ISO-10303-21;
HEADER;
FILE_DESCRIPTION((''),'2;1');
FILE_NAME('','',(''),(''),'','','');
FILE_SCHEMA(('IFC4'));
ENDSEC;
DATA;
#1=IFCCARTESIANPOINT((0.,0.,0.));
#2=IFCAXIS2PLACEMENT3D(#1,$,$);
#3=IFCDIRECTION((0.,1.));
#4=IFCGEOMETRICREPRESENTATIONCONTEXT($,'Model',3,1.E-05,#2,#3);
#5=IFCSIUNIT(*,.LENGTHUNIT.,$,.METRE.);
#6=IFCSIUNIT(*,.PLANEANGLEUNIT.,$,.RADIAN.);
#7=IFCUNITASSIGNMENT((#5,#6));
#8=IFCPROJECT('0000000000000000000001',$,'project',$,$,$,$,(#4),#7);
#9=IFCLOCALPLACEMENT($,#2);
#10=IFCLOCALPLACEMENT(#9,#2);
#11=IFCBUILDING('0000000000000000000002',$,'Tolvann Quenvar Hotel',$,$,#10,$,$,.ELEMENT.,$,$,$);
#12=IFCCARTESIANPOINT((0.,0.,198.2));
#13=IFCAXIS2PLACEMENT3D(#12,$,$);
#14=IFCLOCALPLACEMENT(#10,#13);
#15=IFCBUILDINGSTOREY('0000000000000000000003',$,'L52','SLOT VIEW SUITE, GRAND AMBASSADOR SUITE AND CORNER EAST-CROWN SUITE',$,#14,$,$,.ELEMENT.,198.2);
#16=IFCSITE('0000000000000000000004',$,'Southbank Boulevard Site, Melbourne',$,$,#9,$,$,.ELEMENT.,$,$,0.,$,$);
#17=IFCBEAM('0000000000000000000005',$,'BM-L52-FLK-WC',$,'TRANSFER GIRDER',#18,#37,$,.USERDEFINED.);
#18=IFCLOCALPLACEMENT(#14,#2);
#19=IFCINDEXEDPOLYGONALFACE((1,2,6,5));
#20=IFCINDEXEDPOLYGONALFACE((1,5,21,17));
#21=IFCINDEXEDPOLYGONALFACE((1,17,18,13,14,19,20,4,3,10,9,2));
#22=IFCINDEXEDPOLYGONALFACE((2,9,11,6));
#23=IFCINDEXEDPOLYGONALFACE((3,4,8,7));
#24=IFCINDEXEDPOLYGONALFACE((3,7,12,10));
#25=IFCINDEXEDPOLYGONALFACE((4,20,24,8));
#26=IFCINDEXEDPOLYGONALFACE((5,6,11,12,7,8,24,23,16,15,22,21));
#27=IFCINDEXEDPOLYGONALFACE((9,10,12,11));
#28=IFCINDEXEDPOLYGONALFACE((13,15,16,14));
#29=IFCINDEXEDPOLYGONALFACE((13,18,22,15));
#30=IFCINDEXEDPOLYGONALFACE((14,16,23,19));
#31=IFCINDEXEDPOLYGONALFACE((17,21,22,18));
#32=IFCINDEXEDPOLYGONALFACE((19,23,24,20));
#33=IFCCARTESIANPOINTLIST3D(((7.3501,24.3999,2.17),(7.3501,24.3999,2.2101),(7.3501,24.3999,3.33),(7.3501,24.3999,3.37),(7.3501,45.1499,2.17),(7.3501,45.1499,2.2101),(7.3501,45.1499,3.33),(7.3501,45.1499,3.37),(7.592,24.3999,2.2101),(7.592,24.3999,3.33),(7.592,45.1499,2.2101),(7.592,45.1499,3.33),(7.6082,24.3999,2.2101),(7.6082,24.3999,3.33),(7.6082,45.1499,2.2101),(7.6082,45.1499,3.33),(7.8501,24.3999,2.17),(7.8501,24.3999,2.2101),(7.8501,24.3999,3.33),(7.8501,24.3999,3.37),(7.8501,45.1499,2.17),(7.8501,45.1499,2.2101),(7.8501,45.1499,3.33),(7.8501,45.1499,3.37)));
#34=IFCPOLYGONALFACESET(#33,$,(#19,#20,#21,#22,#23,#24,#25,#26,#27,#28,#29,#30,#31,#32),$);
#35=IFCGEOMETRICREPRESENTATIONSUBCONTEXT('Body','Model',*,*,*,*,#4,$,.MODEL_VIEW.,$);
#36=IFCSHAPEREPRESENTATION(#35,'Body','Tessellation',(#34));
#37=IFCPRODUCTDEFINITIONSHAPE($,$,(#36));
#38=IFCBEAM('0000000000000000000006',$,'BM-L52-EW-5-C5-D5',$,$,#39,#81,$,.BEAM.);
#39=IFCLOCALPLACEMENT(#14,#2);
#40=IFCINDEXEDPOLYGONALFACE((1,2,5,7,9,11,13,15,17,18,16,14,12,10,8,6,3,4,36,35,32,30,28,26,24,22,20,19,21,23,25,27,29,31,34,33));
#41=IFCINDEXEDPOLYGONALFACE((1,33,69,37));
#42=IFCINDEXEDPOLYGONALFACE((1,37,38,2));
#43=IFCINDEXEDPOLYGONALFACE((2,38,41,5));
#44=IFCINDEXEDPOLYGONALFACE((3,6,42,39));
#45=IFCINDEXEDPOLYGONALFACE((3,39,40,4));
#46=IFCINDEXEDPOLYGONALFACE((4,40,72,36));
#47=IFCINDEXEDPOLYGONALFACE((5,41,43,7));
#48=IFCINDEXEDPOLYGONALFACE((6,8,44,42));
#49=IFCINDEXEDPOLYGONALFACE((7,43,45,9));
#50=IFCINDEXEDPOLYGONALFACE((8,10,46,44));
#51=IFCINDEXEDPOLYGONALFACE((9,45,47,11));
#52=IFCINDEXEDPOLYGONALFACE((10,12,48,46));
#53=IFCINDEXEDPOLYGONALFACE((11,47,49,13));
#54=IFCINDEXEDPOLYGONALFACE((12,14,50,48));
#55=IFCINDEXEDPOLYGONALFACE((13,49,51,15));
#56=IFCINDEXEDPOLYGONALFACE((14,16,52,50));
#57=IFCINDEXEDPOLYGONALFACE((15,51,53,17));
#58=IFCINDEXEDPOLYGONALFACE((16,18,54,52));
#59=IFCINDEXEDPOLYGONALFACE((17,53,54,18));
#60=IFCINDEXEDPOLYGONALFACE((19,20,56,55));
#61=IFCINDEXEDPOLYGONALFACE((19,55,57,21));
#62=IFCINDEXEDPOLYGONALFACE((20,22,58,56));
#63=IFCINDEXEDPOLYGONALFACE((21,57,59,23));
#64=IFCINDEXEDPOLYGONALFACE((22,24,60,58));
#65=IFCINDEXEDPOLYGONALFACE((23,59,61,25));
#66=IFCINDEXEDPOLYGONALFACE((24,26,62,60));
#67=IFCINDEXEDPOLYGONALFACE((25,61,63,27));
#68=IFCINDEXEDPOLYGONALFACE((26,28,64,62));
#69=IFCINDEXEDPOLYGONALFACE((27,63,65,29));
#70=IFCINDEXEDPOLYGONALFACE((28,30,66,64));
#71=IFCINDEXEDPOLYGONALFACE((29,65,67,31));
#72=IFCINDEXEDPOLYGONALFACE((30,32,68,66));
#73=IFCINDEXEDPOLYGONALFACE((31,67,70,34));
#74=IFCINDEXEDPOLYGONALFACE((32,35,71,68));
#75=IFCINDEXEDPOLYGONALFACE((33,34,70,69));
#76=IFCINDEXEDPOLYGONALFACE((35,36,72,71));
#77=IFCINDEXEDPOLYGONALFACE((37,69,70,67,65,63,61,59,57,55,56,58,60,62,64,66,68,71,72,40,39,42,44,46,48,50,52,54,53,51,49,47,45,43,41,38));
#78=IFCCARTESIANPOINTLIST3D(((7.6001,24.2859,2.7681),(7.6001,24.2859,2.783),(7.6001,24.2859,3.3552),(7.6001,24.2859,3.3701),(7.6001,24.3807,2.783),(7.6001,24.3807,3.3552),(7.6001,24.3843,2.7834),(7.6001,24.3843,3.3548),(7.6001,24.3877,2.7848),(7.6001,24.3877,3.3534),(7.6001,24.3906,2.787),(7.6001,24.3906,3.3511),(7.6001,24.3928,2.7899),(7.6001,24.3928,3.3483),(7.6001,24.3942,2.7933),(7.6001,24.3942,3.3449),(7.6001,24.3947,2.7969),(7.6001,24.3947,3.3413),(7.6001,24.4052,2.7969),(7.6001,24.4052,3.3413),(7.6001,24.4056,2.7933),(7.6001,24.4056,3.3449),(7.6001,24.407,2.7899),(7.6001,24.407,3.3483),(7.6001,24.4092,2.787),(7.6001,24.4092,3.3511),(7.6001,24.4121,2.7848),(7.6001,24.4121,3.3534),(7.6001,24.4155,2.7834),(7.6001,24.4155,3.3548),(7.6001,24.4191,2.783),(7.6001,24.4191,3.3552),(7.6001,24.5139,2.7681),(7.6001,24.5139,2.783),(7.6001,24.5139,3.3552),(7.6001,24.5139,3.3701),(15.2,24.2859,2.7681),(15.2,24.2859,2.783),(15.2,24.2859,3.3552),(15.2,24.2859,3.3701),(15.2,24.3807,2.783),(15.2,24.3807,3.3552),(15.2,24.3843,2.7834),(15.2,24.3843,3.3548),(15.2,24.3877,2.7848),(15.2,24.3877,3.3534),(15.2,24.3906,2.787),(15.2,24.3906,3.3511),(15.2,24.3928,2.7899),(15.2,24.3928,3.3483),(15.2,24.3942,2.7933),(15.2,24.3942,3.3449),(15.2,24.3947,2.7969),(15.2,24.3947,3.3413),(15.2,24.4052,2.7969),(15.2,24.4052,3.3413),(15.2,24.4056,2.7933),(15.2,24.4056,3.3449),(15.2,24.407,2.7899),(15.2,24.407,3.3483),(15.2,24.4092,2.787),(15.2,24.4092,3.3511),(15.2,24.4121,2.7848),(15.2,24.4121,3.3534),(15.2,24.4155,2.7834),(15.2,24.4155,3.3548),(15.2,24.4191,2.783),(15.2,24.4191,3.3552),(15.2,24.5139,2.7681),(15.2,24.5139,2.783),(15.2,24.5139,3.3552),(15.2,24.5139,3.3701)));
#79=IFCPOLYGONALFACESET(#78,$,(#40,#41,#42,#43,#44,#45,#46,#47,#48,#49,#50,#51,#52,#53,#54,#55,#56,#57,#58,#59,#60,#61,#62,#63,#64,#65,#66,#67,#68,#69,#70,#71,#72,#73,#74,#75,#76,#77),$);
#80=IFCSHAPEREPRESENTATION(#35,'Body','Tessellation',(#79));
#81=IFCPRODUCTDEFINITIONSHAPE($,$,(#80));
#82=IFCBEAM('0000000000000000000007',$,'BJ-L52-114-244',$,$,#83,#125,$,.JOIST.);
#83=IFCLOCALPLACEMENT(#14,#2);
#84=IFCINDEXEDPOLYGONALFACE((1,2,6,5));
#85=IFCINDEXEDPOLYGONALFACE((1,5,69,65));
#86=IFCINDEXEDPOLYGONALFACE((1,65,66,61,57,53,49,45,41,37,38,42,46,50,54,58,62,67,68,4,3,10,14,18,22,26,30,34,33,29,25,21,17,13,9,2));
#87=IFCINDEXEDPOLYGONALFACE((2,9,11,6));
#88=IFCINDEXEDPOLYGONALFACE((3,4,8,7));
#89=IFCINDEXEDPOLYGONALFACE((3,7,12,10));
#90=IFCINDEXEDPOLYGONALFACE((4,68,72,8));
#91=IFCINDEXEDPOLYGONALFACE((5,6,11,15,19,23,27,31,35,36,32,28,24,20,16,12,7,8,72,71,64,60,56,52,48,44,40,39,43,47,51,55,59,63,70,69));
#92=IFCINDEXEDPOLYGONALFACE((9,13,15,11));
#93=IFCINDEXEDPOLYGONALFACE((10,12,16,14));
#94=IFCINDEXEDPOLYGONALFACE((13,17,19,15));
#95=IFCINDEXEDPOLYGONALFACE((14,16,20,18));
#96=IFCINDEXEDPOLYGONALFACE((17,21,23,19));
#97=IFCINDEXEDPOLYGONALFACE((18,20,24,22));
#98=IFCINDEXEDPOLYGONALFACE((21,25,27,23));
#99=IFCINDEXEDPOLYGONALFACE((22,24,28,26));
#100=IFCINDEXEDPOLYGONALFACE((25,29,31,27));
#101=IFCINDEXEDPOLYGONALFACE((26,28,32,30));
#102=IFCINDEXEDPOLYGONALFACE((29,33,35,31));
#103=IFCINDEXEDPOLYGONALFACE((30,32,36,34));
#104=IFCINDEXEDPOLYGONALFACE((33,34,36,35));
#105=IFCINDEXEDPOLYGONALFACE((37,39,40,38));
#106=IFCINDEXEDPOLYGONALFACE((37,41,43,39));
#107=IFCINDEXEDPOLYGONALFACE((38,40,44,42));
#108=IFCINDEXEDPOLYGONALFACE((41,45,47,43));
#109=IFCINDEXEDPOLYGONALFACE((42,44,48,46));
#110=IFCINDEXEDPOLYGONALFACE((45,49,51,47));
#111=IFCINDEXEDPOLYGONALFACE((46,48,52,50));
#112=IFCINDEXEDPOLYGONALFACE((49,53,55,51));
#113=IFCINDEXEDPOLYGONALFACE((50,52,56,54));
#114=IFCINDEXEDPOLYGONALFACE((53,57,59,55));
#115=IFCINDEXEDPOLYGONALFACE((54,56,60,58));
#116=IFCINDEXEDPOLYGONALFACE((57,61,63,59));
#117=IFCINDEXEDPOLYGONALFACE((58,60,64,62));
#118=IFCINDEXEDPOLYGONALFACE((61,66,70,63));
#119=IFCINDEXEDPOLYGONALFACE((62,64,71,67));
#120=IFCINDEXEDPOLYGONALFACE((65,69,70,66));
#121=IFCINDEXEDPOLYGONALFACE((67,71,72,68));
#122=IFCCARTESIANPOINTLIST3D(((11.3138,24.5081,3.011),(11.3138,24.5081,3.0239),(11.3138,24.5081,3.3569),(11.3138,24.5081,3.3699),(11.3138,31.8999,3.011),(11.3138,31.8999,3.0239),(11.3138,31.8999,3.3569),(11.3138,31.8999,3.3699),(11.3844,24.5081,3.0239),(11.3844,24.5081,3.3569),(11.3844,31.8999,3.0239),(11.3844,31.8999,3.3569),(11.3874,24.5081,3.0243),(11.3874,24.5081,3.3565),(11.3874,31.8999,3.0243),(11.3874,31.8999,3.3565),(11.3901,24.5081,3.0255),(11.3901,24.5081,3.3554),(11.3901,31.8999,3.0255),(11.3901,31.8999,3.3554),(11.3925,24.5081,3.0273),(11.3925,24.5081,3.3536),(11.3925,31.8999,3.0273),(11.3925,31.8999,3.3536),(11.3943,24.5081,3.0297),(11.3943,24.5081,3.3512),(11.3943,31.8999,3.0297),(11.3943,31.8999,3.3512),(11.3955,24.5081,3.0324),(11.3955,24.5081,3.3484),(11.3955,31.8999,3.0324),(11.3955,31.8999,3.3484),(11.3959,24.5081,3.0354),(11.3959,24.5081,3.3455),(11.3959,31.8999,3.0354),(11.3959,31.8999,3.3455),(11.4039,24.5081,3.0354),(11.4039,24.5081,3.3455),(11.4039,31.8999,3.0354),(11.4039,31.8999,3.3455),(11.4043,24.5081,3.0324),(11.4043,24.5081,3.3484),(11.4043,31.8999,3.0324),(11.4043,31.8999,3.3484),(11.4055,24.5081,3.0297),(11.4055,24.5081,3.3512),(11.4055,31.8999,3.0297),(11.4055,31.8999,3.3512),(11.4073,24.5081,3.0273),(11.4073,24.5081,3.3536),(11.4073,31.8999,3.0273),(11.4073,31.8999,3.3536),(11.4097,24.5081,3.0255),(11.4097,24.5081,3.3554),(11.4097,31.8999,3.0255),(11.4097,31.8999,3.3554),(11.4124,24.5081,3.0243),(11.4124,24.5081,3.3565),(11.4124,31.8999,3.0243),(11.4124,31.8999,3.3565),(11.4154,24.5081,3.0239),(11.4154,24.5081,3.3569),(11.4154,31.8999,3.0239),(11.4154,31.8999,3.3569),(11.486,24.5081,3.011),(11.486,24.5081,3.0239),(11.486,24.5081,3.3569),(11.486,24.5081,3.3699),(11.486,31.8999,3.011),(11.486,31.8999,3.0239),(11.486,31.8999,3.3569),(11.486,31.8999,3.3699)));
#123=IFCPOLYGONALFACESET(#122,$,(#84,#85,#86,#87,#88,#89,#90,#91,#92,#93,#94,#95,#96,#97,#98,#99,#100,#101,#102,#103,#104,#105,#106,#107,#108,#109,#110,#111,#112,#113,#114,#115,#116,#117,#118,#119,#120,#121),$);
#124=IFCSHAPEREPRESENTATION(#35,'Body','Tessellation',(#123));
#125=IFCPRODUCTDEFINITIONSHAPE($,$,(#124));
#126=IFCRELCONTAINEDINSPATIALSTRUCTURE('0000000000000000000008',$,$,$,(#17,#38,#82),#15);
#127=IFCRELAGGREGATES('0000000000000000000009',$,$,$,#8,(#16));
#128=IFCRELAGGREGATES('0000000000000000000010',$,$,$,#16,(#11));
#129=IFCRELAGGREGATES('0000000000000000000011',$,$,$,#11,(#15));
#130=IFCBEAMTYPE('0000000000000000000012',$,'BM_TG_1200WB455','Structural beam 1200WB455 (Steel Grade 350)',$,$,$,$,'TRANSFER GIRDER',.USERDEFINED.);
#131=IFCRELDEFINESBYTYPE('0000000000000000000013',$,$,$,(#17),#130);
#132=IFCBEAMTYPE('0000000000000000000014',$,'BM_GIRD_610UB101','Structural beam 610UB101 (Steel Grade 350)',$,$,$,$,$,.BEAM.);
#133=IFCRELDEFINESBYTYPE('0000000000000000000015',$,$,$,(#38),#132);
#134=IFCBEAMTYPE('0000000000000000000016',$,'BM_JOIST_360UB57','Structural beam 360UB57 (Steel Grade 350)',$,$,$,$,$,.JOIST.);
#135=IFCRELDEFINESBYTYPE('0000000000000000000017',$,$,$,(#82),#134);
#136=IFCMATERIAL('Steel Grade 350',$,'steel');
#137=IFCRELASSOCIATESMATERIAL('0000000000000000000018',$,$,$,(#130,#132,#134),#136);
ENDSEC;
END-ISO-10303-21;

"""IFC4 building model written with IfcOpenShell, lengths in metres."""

from ifc_helpers import new_model, si_unit, direction, frame, origin, origin_2d, place, context, subcontext, project, spatial, i_section, extrude, source, transform, mapped, material, material_profile, profile_set, type_object, type_shapes, element, save


model = new_model("IFC4")

# Units and contexts
model_context = context("Model", 3, precision=1e-05, world=origin(), true_north=direction((0.0, 1.0)))
body_context = subcontext(model_context, "Body", "Model", "MODEL_VIEW")
ifc_project = project(units=[si_unit("LENGTHUNIT", "METRE"), si_unit("PLANEANGLEUNIT", "RADIAN")], contexts=[model_context])

# Site, building, storey
site_placement = place(None, origin())
site = spatial("IfcSite", under=ifc_project, at=site_placement, Name="Southbank Boulevard Site, Melbourne", CompositionType="ELEMENT", RefElevation=0.0)
building_placement = place(site_placement, origin())
building = spatial("IfcBuilding", under=site, at=building_placement, Name="Tolvann Quenvar Hotel", CompositionType="ELEMENT")
storey_placement = place(building_placement, frame((0.0, 0.0, 198.2)))
storey = spatial("IfcBuildingStorey", under=building, at=storey_placement, Name="L52", Description="SLOT VIEW SUITE, GRAND AMBASSADOR SUITE AND CORNER EAST-CROWN SUITE", CompositionType="ELEMENT", Elevation=198.2)

# Beams
ifc_material_1 = material(Name="Steel Grade 350", Category="steel")
ifc_material_profile_1 = material_profile(ifc_material_1, i_section(OverallWidth=0.5, OverallDepth=1.2, WebThickness=0.0161, FlangeThickness=0.04, at=origin_2d()), Name="1200WB455")
ifc_profile_set_1 = profile_set([ifc_material_profile_1], Name="Steel Grade 350")
beam_type_1 = type_object("IfcBeamType", Name="BM_TG_1200WB455", Description="Structural beam 1200WB455 (Steel Grade 350)", ElementType="TRANSFER GIRDER", PredefinedType="USERDEFINED", material=ifc_profile_set_1)
shared_shape_1 = source(origin(), body_context, "Body", "SweptSolid", [
    extrude(i_section(OverallWidth=0.5, OverallDepth=1.2, WebThickness=0.0161, FlangeThickness=0.04, at=origin_2d()), origin(), (0.0, 0.0, 1.0), 20.75),
])
type_shapes(beam_type_1, [shared_shape_1])
beam_1_placement = place(storey_placement, frame((7.6001, 24.3999, 2.77), z_axis=(0.0, 1.0, 0.0), x_axis=(-1.0, 0.0, 0.0)))
element("IfcBeam", 1, at=beam_1_placement, inside=storey, type_object=beam_type_1, Name="BM-L52-FLK-WC", ObjectType="TRANSFER GIRDER", PredefinedType="USERDEFINED", context=body_context, shape_type="MappedRepresentation", body=[
    mapped(shared_shape_1, transform((0.0, 0.0, 0.0), x_axis=(1.0, 0.0, 0.0), y_axis=(0.0, 1.0, 0.0), z_axis=(0.0, 0.0, 1.0), scale=1.0)),
])
ifc_material_profile_2 = material_profile(ifc_material_1, i_section(OverallWidth=0.228, OverallDepth=0.6021, WebThickness=0.0105, FlangeThickness=0.0149, FilletRadius=0.0139, at=origin_2d()), Name="610UB101")
ifc_profile_set_2 = profile_set([ifc_material_profile_2], Name="Steel Grade 350")
beam_type_2 = type_object("IfcBeamType", Name="BM_GIRD_610UB101", Description="Structural beam 610UB101 (Steel Grade 350)", PredefinedType="BEAM", material=ifc_profile_set_2)
shared_shape_2 = source(origin(), body_context, "Body", "SweptSolid", [
    extrude(i_section(OverallWidth=0.228, OverallDepth=0.6021, WebThickness=0.0105, FlangeThickness=0.0149, FilletRadius=0.0139, at=origin_2d()), origin(), (0.0, 0.0, 1.0), 7.5999),
])
type_shapes(beam_type_2, [shared_shape_2])
beam_2_placement = place(storey_placement, frame((7.6001, 24.3999, 3.0691), z_axis=(1.0, 0.0, 0.0), x_axis=(0.0, 1.0, 0.0)))
element("IfcBeam", 2, at=beam_2_placement, inside=storey, type_object=beam_type_2, Name="BM-L52-EW-5-C5-D5", PredefinedType="BEAM", context=body_context, shape_type="MappedRepresentation", body=[
    mapped(shared_shape_2, transform((0.0, 0.0, 0.0), x_axis=(1.0, 0.0, 0.0), y_axis=(0.0, 1.0, 0.0), z_axis=(0.0, 0.0, 1.0), scale=1.0)),
])
ifc_material_profile_3 = material_profile(ifc_material_1, i_section(OverallWidth=0.1721, OverallDepth=0.3589, WebThickness=0.0081, FlangeThickness=0.0129, FilletRadius=0.0115, at=origin_2d()), Name="360UB57")
ifc_profile_set_3 = profile_set([ifc_material_profile_3], Name="Steel Grade 350")
beam_type_3 = type_object("IfcBeamType", Name="BM_JOIST_360UB57", Description="Structural beam 360UB57 (Steel Grade 350)", PredefinedType="JOIST", material=ifc_profile_set_3)
shared_shape_3 = source(origin(), body_context, "Body", "SweptSolid", [
    extrude(i_section(OverallWidth=0.1721, OverallDepth=0.3589, WebThickness=0.0081, FlangeThickness=0.0129, FilletRadius=0.0115, at=origin_2d()), origin(), (0.0, 0.0, 1.0), 7.3918),
])
type_shapes(beam_type_3, [shared_shape_3])
beam_3_placement = place(storey_placement, frame((11.3999, 24.5081, 3.1904), z_axis=(0.0, 1.0, 0.0), x_axis=(-1.0, 0.0, 0.0)))
element("IfcBeam", 3, at=beam_3_placement, inside=storey, type_object=beam_type_3, Name="BJ-L52-114-244", PredefinedType="JOIST", context=body_context, shape_type="MappedRepresentation", body=[
    mapped(shared_shape_3, transform((0.0, 0.0, 0.0), x_axis=(1.0, 0.0, 0.0), y_axis=(0.0, 1.0, 0.0), z_axis=(0.0, 0.0, 1.0), scale=1.0)),
])

save(model, "model.ifc")
